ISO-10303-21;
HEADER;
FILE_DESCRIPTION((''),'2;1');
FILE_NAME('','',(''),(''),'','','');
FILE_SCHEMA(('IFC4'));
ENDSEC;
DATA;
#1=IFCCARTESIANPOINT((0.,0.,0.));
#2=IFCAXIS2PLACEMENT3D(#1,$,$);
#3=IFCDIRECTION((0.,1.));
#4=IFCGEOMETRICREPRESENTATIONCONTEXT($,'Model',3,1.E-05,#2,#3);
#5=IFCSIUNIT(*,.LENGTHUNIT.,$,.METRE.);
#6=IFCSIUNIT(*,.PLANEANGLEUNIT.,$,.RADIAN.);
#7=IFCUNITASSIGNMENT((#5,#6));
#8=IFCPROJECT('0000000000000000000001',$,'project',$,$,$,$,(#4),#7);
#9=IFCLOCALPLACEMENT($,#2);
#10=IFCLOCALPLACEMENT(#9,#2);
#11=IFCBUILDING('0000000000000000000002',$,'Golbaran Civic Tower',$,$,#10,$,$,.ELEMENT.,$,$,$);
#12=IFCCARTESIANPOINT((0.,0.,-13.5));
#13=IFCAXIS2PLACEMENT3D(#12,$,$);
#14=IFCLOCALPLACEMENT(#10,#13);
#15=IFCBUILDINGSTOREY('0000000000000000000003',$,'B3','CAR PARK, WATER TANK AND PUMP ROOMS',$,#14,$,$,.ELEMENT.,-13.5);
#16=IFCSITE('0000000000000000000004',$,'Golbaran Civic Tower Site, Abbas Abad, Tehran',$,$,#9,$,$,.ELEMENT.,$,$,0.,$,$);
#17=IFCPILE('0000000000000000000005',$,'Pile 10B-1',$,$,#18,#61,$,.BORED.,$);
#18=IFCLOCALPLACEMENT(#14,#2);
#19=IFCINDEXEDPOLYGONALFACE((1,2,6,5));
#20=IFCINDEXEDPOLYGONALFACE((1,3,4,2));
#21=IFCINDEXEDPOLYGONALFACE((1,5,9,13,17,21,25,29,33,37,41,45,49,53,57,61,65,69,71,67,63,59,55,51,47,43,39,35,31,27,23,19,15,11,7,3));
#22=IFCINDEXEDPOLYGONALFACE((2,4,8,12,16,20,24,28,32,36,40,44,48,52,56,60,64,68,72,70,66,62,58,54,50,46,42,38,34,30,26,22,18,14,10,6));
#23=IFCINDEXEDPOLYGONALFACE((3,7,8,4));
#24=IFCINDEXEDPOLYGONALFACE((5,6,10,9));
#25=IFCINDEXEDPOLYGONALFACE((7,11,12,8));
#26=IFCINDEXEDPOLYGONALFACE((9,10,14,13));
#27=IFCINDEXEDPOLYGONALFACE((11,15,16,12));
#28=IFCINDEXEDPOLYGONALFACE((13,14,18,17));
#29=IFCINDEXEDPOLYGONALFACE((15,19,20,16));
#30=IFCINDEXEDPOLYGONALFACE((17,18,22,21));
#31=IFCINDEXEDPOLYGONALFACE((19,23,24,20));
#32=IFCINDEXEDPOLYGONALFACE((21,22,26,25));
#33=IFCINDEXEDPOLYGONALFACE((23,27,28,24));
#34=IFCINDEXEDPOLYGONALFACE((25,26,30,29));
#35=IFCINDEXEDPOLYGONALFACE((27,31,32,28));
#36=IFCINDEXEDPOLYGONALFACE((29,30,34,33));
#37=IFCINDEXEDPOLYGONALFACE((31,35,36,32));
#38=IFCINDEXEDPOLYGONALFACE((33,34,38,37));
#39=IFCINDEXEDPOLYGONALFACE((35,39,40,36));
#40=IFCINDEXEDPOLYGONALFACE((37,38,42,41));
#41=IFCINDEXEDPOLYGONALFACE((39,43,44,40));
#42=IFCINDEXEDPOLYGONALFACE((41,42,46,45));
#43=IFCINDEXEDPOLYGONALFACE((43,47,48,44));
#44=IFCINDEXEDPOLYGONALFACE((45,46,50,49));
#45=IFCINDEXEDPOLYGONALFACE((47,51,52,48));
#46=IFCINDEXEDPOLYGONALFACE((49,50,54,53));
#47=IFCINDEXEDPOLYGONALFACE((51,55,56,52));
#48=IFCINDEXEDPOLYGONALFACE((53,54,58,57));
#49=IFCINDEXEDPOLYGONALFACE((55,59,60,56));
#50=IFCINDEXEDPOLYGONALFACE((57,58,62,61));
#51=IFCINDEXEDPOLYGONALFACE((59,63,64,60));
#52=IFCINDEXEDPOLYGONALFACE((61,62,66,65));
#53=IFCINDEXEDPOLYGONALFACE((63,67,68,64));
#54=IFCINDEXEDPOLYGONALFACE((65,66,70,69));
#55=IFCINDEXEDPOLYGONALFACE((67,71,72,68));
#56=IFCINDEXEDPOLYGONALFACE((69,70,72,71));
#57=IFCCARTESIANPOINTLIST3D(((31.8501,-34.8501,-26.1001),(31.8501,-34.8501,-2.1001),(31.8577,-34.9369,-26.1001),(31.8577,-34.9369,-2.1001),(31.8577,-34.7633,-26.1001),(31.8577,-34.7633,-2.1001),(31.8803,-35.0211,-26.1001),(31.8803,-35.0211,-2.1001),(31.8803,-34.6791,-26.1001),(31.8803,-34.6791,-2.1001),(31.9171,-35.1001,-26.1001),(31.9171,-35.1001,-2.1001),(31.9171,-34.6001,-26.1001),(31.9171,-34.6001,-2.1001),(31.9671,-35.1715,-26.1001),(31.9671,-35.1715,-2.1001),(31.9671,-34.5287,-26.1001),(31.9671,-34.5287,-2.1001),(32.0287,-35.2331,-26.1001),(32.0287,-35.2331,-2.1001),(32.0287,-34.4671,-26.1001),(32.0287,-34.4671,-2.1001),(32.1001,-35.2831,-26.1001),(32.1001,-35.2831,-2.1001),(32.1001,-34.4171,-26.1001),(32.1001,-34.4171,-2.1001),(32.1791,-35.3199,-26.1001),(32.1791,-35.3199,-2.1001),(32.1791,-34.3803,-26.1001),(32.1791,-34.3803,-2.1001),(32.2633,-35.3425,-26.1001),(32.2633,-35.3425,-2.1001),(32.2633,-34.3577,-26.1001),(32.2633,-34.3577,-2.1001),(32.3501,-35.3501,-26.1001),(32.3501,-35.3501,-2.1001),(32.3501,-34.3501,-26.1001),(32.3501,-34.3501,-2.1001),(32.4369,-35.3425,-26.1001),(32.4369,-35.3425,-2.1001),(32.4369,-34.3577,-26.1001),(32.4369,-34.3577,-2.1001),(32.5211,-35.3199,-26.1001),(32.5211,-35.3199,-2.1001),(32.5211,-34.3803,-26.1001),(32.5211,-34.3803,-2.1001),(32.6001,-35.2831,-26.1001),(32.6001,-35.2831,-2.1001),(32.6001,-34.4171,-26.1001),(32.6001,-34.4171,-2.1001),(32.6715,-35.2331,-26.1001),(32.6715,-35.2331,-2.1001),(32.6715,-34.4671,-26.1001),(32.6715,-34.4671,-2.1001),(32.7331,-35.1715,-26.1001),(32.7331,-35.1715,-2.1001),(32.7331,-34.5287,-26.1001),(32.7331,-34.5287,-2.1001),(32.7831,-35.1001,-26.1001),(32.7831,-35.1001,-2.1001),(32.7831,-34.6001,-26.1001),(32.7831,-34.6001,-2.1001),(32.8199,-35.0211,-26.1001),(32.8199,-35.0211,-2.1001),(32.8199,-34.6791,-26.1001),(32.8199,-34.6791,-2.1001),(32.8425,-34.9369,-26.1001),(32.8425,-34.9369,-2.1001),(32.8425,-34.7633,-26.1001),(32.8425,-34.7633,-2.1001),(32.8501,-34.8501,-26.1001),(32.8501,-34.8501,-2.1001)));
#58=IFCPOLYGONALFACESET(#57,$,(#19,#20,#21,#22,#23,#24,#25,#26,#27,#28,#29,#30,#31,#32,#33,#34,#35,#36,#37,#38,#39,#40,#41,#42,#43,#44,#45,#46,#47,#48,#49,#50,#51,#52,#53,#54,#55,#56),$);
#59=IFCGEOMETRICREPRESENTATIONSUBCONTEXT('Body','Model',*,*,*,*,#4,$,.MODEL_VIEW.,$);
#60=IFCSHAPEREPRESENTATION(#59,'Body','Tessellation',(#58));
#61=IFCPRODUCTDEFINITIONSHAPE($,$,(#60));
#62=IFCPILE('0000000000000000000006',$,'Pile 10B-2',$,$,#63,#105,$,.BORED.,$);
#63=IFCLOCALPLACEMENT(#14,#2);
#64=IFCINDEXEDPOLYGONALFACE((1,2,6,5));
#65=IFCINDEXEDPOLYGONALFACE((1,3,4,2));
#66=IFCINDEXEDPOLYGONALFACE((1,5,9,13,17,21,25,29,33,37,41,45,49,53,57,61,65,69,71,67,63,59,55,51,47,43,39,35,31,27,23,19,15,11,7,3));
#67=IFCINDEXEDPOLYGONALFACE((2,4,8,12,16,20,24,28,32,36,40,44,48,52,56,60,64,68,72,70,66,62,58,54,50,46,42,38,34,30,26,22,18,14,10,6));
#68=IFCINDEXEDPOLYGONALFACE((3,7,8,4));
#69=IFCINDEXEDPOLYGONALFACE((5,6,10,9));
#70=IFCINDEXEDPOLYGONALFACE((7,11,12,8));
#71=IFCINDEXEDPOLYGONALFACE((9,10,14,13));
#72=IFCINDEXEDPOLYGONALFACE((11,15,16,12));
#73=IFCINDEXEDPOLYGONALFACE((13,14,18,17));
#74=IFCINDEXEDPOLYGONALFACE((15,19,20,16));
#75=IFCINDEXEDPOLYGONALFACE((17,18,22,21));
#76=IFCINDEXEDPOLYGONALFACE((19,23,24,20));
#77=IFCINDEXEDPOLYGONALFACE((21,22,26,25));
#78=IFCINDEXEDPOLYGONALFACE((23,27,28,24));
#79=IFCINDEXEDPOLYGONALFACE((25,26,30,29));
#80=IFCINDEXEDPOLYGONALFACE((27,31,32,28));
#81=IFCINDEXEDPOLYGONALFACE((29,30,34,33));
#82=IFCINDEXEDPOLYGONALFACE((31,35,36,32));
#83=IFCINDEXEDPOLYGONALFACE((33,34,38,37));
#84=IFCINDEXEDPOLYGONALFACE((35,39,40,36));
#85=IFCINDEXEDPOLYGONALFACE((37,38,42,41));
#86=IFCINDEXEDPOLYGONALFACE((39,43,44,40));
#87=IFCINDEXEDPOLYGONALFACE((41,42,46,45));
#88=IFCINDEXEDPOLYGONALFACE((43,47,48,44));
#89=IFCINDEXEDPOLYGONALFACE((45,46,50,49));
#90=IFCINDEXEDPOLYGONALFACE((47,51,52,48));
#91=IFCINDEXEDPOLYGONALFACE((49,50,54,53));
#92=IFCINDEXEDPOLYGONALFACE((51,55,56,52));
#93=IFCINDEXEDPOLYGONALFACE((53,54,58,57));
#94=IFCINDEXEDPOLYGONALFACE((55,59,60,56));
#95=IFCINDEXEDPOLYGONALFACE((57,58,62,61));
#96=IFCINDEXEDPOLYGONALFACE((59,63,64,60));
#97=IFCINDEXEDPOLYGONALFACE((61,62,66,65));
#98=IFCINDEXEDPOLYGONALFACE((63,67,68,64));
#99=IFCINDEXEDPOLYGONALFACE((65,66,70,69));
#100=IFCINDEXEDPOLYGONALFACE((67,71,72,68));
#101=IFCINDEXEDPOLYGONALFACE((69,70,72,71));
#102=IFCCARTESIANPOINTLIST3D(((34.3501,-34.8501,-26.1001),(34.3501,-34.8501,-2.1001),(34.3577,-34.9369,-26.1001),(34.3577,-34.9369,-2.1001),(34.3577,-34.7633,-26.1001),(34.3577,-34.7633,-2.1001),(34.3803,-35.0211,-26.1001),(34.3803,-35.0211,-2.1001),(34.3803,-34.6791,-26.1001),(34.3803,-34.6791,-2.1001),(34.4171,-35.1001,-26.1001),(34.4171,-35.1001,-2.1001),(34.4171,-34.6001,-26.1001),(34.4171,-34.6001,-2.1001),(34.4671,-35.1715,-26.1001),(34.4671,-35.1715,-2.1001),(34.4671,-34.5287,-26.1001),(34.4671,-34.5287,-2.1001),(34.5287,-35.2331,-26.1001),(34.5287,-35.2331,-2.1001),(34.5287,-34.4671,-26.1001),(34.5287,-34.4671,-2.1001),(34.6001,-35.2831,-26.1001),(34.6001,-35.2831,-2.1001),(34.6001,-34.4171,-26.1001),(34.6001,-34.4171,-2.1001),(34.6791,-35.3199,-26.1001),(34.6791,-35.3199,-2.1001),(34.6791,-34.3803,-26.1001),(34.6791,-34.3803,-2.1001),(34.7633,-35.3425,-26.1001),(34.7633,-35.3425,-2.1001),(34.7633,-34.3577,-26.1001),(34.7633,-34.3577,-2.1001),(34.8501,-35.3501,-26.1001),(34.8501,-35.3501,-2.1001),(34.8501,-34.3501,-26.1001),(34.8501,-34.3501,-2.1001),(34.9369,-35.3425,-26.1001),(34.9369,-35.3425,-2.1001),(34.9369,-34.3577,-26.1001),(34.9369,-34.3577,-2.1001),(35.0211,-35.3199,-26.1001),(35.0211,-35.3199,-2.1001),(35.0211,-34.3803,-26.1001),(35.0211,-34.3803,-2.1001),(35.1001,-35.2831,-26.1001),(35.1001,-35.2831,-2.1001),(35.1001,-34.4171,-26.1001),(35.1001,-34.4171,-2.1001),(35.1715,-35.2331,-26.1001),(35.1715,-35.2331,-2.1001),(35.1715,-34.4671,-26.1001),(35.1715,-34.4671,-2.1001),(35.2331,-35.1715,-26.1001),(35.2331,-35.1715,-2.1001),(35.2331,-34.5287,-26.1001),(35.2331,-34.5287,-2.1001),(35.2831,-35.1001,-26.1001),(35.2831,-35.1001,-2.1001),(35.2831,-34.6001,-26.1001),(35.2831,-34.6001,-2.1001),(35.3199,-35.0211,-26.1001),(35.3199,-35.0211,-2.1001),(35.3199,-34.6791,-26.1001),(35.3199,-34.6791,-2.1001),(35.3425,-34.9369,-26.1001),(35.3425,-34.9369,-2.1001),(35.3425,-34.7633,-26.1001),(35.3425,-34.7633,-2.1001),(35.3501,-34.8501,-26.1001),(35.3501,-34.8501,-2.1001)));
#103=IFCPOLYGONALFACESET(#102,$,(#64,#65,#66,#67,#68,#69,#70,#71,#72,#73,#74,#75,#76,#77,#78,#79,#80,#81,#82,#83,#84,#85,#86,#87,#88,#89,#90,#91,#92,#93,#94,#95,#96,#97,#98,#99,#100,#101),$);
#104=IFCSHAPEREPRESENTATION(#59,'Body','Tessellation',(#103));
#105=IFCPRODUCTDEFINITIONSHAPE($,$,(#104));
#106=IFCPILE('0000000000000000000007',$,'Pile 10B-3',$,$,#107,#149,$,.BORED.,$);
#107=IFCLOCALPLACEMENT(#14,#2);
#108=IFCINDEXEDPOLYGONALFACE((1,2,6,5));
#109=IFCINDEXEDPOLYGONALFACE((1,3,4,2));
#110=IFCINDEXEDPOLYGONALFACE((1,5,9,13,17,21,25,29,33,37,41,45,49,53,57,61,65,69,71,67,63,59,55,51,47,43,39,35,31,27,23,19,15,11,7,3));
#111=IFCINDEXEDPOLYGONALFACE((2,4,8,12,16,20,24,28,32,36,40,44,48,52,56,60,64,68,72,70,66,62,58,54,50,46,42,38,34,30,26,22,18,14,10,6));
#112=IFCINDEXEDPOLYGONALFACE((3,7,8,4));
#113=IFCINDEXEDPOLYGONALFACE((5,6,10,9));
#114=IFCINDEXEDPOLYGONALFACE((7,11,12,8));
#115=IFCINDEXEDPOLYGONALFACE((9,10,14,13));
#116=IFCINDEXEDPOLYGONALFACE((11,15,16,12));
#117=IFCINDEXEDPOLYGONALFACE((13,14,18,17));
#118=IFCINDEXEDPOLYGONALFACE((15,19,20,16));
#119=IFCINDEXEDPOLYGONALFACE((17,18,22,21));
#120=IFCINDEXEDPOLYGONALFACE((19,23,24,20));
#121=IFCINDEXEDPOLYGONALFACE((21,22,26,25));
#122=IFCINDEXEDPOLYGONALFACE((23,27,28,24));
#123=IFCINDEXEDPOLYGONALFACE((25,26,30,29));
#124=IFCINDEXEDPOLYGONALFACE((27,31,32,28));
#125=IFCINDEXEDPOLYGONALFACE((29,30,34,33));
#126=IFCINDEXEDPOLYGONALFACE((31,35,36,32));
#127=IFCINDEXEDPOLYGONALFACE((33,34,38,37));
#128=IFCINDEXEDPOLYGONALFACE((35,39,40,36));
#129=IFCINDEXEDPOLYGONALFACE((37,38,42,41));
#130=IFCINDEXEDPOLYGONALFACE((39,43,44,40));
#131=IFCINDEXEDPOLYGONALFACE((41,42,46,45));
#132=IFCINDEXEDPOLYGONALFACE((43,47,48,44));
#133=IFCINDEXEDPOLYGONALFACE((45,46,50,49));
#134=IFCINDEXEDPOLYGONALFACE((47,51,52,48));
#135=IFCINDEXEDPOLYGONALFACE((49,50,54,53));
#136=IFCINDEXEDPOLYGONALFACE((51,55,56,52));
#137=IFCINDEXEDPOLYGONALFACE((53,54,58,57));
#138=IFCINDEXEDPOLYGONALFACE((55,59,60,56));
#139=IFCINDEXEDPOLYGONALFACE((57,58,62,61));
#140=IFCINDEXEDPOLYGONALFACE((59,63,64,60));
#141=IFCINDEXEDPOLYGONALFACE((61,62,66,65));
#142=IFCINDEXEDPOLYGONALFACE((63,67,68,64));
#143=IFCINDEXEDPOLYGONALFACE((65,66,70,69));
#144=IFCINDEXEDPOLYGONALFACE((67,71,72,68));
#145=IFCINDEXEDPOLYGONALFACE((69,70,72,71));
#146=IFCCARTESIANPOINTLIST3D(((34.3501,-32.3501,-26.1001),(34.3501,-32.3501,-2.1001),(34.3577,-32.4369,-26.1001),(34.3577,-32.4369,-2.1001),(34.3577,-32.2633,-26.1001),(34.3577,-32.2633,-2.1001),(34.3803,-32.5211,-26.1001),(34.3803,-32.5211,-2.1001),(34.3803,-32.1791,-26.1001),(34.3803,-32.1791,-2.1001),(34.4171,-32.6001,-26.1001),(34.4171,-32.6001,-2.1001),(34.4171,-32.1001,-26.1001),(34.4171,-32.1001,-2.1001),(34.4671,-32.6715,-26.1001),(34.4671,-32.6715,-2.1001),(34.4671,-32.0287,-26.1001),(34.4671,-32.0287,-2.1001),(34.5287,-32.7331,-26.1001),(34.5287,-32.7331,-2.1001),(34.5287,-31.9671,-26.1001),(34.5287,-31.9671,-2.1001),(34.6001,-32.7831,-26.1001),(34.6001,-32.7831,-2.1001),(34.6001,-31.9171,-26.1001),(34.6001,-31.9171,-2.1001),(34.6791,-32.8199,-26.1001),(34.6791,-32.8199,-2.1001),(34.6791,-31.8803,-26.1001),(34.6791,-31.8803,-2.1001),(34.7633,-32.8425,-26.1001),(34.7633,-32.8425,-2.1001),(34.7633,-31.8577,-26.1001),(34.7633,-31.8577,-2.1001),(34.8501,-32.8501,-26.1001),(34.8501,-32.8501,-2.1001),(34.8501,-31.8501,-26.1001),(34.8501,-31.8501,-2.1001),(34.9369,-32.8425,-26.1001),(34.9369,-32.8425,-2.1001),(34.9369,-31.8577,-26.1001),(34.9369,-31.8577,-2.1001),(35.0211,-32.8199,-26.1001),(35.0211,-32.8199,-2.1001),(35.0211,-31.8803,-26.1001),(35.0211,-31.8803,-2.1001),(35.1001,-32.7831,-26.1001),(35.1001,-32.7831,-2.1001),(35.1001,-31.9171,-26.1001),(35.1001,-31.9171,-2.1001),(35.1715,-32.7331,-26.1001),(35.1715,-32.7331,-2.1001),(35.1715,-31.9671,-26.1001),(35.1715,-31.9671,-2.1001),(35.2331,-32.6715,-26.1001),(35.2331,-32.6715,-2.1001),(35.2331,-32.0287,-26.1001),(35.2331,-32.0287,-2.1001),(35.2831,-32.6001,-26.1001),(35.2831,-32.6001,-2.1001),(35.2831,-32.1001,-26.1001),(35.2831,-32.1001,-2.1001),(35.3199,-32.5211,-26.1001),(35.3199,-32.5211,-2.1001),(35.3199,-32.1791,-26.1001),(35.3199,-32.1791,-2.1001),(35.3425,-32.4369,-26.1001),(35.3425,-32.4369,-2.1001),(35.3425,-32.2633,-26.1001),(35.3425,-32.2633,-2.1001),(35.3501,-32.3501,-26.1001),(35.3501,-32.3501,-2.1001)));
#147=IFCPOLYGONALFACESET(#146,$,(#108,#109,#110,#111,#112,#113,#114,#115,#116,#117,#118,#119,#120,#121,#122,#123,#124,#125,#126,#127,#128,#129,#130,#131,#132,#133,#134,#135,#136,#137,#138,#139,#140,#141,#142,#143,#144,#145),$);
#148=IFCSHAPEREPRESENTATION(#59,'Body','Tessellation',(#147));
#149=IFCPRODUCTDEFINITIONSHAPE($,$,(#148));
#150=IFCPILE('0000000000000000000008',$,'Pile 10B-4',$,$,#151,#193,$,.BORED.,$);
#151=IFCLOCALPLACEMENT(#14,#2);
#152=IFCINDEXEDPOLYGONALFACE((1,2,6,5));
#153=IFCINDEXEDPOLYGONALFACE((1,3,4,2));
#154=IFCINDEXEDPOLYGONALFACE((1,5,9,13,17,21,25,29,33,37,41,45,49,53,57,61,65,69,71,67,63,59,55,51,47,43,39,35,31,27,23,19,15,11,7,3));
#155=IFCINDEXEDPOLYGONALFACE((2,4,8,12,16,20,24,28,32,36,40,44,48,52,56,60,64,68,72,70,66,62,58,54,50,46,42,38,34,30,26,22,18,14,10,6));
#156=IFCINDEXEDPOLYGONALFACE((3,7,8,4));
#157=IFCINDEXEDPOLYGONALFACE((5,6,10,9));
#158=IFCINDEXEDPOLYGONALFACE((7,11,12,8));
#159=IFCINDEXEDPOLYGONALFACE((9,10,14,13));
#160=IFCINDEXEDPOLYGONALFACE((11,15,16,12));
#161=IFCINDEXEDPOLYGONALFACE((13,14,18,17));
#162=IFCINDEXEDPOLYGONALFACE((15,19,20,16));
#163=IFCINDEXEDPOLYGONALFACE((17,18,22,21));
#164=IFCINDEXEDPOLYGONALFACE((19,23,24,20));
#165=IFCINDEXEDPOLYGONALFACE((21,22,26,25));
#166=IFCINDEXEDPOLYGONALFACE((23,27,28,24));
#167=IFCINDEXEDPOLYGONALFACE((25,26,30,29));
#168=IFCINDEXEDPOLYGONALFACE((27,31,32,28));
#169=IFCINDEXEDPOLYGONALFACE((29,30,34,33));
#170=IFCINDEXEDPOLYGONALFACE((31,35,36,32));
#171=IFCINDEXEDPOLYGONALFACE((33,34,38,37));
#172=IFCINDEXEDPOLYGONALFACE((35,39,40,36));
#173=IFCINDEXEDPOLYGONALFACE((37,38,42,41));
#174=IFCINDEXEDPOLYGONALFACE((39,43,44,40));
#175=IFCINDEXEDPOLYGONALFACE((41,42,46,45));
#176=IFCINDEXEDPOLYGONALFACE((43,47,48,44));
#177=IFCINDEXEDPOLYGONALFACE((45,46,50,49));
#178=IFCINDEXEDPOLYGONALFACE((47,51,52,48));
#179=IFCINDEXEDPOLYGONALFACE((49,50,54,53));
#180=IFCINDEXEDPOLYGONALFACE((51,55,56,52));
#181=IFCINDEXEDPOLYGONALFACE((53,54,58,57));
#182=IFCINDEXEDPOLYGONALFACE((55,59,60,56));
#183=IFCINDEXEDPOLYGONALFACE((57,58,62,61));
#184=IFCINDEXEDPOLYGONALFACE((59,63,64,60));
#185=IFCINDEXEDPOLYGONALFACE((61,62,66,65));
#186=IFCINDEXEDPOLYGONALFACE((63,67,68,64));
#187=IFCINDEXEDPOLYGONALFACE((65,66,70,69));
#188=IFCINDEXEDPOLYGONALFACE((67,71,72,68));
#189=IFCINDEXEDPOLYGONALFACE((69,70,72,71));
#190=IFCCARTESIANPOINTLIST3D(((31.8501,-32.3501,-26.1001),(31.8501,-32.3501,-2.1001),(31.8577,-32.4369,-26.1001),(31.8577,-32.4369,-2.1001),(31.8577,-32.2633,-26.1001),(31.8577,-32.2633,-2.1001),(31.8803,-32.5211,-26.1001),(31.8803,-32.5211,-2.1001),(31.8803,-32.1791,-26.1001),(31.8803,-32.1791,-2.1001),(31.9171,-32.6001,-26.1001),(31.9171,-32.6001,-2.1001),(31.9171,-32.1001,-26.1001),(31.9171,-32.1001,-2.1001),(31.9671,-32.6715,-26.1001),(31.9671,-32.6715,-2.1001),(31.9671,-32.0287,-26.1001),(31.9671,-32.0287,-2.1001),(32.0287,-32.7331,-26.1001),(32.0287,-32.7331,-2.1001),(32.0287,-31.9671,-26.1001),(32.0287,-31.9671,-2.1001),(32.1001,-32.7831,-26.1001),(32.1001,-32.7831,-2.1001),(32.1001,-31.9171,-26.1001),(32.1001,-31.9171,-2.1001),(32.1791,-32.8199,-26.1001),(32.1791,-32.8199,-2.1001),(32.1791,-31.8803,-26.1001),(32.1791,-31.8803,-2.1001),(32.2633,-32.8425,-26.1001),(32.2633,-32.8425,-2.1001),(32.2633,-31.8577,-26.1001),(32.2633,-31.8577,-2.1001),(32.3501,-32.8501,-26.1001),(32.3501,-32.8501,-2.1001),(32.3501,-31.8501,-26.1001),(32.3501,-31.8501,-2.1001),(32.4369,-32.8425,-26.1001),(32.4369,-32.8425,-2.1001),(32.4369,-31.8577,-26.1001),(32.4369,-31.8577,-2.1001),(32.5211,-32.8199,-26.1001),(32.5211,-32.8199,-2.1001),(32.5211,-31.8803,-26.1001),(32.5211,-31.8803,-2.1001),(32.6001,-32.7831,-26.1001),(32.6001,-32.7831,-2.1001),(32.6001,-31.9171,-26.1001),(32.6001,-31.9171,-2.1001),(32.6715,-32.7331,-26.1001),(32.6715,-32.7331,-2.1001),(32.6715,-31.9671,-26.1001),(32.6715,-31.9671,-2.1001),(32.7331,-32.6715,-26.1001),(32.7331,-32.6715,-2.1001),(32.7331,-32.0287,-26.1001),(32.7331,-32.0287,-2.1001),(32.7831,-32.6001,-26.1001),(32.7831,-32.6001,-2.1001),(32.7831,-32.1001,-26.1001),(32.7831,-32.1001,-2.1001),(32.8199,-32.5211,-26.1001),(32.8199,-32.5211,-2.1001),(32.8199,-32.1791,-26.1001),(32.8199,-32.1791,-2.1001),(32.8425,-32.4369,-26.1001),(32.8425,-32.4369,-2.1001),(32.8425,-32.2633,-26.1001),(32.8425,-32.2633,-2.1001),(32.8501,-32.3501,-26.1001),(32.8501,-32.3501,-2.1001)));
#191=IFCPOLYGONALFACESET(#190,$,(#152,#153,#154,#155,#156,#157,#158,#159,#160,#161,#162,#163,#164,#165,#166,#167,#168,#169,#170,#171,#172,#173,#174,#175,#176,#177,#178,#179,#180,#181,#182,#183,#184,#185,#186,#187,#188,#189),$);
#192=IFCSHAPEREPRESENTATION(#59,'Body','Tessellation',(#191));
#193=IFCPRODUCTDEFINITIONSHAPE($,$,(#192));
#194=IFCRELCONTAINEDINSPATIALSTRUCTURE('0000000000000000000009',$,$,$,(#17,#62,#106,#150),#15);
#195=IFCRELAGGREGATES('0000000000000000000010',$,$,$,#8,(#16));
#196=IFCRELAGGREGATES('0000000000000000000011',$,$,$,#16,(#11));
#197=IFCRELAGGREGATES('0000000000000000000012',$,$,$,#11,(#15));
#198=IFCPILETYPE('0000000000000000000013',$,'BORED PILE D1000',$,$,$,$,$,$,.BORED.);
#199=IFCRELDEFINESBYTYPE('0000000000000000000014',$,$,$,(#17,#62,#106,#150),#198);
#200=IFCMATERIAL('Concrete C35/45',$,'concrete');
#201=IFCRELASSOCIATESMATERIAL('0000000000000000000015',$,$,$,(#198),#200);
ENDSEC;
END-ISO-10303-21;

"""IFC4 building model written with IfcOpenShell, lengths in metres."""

from ifc_helpers import new_model, si_unit, direction, frame, origin, origin_2d, place, context, subcontext, project, spatial, circle, extrude, material, material_profile, profile_set, type_object, element, save


model = new_model("IFC4")

# Units and contexts
model_context = context("Model", 3, precision=1e-05, world=origin(), true_north=direction((0.0, 1.0)))
body_context = subcontext(model_context, "Body", "Model", "MODEL_VIEW")
ifc_project = project(units=[si_unit("LENGTHUNIT", "METRE"), si_unit("PLANEANGLEUNIT", "RADIAN")], contexts=[model_context])

# Site, building, storey
site_placement = place(None, origin())
site = spatial("IfcSite", under=ifc_project, at=site_placement, Name="Golbaran Civic Tower Site, Abbas Abad, Tehran", CompositionType="ELEMENT", RefElevation=0.0)
building_placement = place(site_placement, origin())
building = spatial("IfcBuilding", under=site, at=building_placement, Name="Golbaran Civic Tower", CompositionType="ELEMENT")
storey_placement = place(building_placement, frame((0.0, 0.0, -13.5)))
storey = spatial("IfcBuildingStorey", under=building, at=storey_placement, Name="B3", Description="CAR PARK, WATER TANK AND PUMP ROOMS", CompositionType="ELEMENT", Elevation=-13.5)

# Piles
ifc_material_1 = material(Name="Concrete C35/45", Category="concrete")
ifc_material_profile_1 = material_profile(ifc_material_1, circle(Radius=0.5, at=origin_2d()), Name="BORED PILE D1000")
ifc_profile_set_1 = profile_set([ifc_material_profile_1], Name="Concrete C35/45")
pile_type_1 = type_object("IfcPileType", Name="BORED PILE D1000", PredefinedType="BORED", material=ifc_profile_set_1)
for number, where, z_axis, x_axis, name in (
    (1, (32.3501, -34.8501, -2.1001), (0.0, 0.0, -1.0), (1.0, 0.0, 0.0), "Pile 10B-1"),
    (2, (34.8501, -34.8501, -2.1001), (0.0, 0.0, -1.0), (1.0, 0.0, 0.0), "Pile 10B-2"),
    (3, (34.8501, -32.3501, -2.1001), (0.0, 0.0, -1.0), (1.0, 0.0, 0.0), "Pile 10B-3"),
    (4, (32.3501, -32.3501, -2.1001), (0.0, 0.0, -1.0), (1.0, 0.0, 0.0), "Pile 10B-4"),
):
    element("IfcPile", number, at=place(storey_placement, frame(where, z_axis=z_axis, x_axis=x_axis)), inside=storey, type_object=pile_type_1, Name=name, PredefinedType="BORED", context=body_context, shape_type="SweptSolid", body=[
        extrude(circle(Radius=0.5, at=origin_2d()), origin(), (0.0, 0.0, 1.0), 24.0),
    ])

save(model, "model.ifc")
